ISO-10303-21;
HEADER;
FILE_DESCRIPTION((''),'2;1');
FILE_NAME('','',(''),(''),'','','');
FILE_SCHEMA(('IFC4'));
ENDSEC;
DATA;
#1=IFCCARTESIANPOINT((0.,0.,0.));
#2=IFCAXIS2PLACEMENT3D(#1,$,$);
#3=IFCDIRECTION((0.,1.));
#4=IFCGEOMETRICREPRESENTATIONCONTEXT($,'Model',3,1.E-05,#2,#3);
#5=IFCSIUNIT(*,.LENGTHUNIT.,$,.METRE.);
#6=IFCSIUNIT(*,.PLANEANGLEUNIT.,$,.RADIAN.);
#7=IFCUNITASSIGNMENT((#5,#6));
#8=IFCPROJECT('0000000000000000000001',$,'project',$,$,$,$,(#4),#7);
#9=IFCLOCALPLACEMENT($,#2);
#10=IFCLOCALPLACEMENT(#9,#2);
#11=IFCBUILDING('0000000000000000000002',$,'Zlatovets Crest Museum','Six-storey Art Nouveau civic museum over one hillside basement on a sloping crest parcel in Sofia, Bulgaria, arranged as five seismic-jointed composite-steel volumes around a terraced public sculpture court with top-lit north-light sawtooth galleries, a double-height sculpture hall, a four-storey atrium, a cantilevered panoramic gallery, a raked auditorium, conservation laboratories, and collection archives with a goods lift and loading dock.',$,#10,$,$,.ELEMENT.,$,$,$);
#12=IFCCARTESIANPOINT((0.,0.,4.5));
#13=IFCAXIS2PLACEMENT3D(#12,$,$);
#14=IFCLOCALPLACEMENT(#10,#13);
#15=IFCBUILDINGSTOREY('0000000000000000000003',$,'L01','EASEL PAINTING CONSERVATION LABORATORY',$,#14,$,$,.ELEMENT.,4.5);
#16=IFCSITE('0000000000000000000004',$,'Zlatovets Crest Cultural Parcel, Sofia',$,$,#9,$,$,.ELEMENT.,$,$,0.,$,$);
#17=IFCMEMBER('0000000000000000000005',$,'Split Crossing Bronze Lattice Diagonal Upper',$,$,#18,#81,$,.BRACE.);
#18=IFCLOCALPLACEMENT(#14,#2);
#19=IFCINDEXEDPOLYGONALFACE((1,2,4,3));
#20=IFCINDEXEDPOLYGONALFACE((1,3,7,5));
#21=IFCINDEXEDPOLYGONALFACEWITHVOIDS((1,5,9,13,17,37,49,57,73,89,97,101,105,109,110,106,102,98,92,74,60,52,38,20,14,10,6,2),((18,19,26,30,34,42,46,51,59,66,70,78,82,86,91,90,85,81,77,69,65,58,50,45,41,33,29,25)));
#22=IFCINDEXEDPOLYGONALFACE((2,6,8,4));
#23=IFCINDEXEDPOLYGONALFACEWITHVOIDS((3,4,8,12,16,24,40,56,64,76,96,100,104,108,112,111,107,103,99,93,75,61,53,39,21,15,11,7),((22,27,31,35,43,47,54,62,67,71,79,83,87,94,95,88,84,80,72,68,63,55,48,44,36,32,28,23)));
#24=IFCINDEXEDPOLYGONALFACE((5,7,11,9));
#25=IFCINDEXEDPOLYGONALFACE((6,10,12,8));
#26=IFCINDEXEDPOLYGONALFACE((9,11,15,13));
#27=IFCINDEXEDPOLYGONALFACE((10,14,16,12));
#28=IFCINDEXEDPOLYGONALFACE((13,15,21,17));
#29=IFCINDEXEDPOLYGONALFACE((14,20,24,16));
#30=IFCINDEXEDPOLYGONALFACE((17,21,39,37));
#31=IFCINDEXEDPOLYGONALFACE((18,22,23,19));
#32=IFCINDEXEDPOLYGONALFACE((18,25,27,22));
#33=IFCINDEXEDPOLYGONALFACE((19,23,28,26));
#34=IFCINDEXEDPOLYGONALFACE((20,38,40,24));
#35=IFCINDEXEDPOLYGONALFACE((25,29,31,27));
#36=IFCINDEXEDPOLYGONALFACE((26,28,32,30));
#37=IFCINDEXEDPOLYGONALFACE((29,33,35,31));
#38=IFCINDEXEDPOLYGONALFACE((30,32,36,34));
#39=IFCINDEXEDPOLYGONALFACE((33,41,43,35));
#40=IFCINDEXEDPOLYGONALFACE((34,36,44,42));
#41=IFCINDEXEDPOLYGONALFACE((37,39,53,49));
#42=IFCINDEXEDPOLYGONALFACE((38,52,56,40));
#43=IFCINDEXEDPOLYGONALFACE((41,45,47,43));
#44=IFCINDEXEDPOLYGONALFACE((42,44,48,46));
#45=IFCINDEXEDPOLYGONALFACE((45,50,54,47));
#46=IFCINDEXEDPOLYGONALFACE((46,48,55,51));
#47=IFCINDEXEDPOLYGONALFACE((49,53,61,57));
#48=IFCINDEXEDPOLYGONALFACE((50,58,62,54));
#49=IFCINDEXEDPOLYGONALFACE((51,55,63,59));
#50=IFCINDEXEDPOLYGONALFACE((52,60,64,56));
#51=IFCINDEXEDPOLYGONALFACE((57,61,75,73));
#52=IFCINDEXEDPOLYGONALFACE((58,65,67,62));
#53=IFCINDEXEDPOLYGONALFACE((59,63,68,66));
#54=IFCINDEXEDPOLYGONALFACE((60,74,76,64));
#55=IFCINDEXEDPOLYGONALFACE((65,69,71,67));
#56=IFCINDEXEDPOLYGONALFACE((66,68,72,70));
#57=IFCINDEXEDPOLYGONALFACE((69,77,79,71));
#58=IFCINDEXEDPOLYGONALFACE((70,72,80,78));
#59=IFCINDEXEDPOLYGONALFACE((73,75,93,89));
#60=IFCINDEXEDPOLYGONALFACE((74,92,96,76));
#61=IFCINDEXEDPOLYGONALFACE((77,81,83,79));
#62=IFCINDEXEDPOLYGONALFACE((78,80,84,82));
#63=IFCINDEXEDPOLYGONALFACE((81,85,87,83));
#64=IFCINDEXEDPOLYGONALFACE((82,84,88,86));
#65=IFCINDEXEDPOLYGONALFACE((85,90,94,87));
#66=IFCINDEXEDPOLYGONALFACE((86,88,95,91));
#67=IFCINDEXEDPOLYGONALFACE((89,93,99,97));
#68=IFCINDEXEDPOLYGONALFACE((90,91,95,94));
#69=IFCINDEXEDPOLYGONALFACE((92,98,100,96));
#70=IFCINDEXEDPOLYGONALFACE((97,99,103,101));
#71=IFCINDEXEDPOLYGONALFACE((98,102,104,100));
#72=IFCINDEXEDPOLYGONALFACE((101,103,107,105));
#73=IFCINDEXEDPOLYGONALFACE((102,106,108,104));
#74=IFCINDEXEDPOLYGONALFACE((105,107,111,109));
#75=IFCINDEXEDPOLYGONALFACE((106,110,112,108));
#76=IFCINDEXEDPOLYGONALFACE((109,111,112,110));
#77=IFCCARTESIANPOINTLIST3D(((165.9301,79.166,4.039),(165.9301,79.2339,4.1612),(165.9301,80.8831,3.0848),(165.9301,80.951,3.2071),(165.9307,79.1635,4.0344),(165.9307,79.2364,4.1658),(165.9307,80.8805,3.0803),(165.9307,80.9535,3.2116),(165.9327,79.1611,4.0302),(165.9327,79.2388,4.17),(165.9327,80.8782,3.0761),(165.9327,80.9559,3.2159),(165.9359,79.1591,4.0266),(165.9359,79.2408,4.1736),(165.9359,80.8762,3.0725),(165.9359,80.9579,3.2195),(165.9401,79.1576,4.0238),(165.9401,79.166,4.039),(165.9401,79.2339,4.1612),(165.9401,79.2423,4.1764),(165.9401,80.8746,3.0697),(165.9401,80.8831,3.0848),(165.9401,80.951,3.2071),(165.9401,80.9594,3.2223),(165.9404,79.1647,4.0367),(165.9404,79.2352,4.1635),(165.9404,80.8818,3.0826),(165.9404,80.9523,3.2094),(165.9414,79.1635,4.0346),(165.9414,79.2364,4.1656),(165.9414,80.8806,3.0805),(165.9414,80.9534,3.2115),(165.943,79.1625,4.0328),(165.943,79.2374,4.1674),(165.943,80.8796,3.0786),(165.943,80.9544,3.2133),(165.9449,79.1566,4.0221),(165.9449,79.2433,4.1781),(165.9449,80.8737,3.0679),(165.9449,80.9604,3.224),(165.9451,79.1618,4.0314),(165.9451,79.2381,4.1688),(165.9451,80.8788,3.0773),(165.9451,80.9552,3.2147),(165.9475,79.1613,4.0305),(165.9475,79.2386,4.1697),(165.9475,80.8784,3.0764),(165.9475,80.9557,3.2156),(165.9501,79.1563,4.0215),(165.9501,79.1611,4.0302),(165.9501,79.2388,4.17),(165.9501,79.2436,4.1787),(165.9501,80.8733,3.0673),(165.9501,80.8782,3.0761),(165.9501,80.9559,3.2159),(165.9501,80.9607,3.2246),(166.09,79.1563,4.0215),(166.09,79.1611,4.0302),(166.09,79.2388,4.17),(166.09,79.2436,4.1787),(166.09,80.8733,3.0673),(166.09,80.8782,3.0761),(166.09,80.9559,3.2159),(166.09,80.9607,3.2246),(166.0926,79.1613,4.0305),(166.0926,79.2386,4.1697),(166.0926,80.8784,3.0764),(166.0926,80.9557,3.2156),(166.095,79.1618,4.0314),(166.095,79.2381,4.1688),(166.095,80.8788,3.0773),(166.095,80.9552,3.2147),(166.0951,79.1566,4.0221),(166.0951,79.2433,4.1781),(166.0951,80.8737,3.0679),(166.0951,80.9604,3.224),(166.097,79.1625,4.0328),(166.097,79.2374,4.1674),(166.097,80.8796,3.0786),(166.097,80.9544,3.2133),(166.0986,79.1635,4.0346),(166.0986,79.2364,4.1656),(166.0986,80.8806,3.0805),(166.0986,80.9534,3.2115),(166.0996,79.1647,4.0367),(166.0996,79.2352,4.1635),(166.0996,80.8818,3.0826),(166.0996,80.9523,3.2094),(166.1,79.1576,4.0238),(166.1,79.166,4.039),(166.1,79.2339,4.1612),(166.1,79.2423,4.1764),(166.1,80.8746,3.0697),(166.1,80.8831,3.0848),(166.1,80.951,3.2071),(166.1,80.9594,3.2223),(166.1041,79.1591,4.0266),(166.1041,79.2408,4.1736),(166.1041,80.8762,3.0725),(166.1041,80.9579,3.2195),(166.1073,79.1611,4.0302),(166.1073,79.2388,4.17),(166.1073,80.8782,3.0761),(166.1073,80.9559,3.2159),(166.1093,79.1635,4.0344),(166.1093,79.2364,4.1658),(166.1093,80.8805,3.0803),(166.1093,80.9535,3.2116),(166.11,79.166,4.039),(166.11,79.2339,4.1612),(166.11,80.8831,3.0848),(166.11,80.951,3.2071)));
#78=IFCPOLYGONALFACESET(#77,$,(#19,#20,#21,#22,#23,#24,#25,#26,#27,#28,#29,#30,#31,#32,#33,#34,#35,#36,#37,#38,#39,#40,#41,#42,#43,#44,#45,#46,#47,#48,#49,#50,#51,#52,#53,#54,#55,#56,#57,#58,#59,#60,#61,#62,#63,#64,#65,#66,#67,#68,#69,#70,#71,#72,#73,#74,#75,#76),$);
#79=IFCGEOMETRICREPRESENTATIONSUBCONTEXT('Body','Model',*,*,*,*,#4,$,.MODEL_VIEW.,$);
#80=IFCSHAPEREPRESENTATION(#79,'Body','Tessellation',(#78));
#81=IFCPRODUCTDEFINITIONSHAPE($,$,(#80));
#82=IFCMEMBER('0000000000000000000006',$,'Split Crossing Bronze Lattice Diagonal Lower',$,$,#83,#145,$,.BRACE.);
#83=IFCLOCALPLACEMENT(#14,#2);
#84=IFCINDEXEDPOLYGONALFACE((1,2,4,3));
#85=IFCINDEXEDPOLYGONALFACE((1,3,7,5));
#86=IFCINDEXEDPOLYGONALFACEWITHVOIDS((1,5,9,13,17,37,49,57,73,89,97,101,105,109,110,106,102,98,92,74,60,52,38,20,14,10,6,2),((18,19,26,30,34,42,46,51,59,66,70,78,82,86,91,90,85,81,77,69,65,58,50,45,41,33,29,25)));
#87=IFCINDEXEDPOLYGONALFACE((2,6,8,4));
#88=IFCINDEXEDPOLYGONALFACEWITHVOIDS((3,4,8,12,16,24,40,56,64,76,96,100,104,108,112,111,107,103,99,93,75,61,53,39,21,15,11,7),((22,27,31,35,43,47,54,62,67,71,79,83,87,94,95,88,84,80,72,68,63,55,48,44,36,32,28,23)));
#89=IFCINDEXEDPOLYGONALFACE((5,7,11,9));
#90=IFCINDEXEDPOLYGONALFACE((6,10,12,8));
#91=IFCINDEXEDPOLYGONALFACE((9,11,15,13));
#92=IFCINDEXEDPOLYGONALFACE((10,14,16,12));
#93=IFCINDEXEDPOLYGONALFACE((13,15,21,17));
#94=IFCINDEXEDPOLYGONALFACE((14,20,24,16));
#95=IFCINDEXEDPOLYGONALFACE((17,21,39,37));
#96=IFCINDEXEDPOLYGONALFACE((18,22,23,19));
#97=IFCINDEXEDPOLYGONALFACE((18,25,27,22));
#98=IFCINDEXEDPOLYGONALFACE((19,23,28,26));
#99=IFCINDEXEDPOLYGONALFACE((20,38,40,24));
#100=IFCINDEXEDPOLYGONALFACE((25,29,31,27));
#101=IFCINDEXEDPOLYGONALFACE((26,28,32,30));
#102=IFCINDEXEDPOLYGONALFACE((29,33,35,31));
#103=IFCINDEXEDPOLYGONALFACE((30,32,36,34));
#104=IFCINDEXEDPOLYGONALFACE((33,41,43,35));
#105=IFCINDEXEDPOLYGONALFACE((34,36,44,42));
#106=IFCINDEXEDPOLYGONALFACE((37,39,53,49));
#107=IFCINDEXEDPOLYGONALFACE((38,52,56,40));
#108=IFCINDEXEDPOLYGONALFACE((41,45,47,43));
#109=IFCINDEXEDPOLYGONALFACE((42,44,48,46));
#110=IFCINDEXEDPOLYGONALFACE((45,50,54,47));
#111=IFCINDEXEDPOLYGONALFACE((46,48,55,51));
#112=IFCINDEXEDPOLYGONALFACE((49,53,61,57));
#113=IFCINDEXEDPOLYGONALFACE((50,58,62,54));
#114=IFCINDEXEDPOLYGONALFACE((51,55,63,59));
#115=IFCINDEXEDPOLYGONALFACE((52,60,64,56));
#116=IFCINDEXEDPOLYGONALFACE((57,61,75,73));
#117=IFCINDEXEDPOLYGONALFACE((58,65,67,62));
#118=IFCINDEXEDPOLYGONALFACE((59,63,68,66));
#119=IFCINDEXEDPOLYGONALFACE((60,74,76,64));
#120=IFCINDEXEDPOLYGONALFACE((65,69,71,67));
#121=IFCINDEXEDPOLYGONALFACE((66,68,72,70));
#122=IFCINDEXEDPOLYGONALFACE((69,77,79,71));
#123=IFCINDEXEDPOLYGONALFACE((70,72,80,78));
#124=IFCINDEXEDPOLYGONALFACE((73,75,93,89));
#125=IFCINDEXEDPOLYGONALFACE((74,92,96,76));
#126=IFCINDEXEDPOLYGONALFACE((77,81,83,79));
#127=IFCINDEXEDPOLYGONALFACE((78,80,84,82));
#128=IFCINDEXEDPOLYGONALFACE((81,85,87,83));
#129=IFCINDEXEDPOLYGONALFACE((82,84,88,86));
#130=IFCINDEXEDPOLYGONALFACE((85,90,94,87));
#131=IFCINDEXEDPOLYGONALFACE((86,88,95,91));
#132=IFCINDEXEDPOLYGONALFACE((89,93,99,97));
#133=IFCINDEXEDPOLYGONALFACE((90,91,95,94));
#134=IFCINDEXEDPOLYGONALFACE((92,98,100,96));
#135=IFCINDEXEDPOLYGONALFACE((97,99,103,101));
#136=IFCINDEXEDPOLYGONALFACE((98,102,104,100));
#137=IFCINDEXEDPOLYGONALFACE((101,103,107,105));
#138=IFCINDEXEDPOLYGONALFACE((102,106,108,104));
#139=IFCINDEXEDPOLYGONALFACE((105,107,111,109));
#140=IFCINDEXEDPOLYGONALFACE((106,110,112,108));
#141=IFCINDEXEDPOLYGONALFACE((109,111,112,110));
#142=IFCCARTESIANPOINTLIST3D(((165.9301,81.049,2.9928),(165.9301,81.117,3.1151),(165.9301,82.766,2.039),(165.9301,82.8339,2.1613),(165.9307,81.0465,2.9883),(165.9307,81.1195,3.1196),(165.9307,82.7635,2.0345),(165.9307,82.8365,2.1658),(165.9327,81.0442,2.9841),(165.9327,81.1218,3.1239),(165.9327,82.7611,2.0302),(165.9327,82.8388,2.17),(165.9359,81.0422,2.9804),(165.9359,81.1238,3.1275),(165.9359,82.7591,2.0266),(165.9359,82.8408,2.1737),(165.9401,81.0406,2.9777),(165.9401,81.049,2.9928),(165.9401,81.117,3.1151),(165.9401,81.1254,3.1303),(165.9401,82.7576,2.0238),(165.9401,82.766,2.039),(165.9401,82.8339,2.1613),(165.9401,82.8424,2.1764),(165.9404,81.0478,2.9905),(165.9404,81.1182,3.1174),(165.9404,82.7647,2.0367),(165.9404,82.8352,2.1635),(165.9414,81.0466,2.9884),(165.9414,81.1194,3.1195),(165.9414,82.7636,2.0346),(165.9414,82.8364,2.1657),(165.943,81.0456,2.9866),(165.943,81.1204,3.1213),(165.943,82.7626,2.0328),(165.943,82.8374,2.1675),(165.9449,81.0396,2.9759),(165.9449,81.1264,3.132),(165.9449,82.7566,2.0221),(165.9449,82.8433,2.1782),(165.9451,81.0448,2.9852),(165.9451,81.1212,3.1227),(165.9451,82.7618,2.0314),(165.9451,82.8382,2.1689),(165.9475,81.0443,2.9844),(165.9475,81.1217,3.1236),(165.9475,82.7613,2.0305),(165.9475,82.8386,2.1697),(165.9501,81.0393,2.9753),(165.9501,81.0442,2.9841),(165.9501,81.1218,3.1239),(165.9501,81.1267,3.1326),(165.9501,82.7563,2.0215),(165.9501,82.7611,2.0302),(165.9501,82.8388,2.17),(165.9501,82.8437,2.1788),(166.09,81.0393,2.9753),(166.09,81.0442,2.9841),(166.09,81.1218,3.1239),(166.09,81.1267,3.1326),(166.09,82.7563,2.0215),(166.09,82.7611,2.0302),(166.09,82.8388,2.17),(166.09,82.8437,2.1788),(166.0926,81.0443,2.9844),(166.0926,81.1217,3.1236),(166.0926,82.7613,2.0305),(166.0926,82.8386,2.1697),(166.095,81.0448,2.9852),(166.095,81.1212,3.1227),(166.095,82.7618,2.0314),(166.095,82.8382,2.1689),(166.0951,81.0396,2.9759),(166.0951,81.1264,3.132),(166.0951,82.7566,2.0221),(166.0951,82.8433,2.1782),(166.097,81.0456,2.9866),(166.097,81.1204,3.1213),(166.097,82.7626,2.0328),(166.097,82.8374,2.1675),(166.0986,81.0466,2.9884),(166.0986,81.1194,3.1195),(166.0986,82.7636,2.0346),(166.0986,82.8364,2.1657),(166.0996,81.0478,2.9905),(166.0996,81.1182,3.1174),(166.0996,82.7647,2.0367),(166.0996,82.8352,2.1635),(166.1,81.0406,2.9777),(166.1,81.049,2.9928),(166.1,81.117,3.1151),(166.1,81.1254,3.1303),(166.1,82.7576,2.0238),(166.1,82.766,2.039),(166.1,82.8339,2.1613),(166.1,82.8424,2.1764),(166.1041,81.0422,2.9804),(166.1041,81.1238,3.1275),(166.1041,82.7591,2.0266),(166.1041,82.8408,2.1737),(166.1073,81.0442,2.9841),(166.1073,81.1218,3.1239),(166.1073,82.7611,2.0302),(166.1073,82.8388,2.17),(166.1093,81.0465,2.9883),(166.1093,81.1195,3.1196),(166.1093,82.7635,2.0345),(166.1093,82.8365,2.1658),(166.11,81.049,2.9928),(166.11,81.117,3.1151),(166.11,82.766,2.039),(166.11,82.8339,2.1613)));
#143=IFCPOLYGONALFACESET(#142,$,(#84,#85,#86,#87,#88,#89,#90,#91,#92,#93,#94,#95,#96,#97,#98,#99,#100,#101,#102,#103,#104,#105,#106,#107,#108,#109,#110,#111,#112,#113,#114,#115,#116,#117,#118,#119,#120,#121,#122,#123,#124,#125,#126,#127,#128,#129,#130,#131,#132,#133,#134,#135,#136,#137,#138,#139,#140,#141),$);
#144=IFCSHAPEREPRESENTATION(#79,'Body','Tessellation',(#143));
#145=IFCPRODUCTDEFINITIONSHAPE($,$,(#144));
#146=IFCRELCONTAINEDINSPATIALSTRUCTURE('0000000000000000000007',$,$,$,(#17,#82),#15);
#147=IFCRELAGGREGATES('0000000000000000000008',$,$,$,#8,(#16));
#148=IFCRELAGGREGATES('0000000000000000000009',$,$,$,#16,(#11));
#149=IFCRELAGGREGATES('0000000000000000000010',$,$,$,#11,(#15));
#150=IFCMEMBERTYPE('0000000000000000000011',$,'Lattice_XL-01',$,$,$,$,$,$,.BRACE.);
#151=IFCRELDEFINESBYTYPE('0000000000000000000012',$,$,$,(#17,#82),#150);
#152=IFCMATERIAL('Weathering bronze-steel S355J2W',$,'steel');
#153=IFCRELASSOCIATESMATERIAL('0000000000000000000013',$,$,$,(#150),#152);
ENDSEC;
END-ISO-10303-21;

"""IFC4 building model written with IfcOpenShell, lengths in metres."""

from ifc_helpers import new_model, si_unit, direction, frame, origin, origin_2d, place, context, subcontext, project, spatial, hollow_rectangle, extrude, material, material_profile, profile_set, type_object, element, save


model = new_model("IFC4")

# Units and contexts
model_context = context("Model", 3, precision=1e-05, world=origin(), true_north=direction((0.0, 1.0)))
body_context = subcontext(model_context, "Body", "Model", "MODEL_VIEW")
ifc_project = project(units=[si_unit("LENGTHUNIT", "METRE"), si_unit("PLANEANGLEUNIT", "RADIAN")], contexts=[model_context])

# Site, building, storey
site_placement = place(None, origin())
site = spatial("IfcSite", under=ifc_project, at=site_placement, Name="Zlatovets Crest Cultural Parcel, Sofia", CompositionType="ELEMENT", RefElevation=0.0)
building_placement = place(site_placement, origin())
building = spatial("IfcBuilding", under=site, at=building_placement, Name="Zlatovets Crest Museum", Description="Six-storey Art Nouveau civic museum over one hillside basement on a sloping crest parcel in Sofia, Bulgaria, arranged as five seismic-jointed composite-steel volumes around a terraced public sculpture court with top-lit north-light sawtooth galleries, a double-height sculpture hall, a four-storey atrium, a cantilevered panoramic gallery, a raked auditorium, conservation laboratories, and collection archives with a goods lift and loading dock.", CompositionType="ELEMENT")
storey_placement = place(building_placement, frame((0.0, 0.0, 4.5)))
storey = spatial("IfcBuildingStorey", under=building, at=storey_placement, Name="L01", Description="EASEL PAINTING CONSERVATION LABORATORY", CompositionType="ELEMENT", Elevation=4.5)

# Members
ifc_material_1 = material(Name="Weathering bronze-steel S355J2W", Category="steel")
ifc_material_profile_1 = material_profile(ifc_material_1, hollow_rectangle(XDim=0.1799, YDim=0.1799, WallThickness=0.01, InnerFilletRadius=0.01, OuterFilletRadius=0.02, at=origin_2d()), Name="SHS 180x180x10.0")
ifc_profile_set_1 = profile_set([ifc_material_profile_1], Name="Weathering bronze-steel S355J2W")
member_type_1 = type_object("IfcMemberType", Name="Lattice_XL-01", PredefinedType="BRACE", material=ifc_profile_set_1)
member_1_placement = place(storey_placement, frame((166.02, 79.2, 4.1001), z_axis=(0.0, 0.874116, -0.485717), x_axis=(-1.0, 0.0, 0.0)))
element("IfcMember", 1, at=member_1_placement, inside=storey, type_object=member_type_1, Name="Split Crossing Bronze Lattice Diagonal Upper", PredefinedType="BRACE", context=body_context, shape_type="SweptSolid", body=[
    extrude(hollow_rectangle(XDim=0.1799, YDim=0.1799, WallThickness=0.01, InnerFilletRadius=0.01, OuterFilletRadius=0.02, at=origin_2d()), origin(), (0.0, 0.0, 1.0), 1.9644),
])
member_2_placement = place(storey_placement, frame((166.02, 81.083, 3.054), z_axis=(0.0, 0.874169, -0.485622), x_axis=(-1.0, 0.0, 0.0)))
element("IfcMember", 2, at=member_2_placement, inside=storey, type_object=member_type_1, Name="Split Crossing Bronze Lattice Diagonal Lower", PredefinedType="BRACE", context=body_context, shape_type="SweptSolid", body=[
    extrude(hollow_rectangle(XDim=0.1799, YDim=0.1799, WallThickness=0.01, InnerFilletRadius=0.01, OuterFilletRadius=0.02, at=origin_2d()), origin(), (0.0, 0.0, 1.0), 1.9641),
])

save(model, "model.ifc")
